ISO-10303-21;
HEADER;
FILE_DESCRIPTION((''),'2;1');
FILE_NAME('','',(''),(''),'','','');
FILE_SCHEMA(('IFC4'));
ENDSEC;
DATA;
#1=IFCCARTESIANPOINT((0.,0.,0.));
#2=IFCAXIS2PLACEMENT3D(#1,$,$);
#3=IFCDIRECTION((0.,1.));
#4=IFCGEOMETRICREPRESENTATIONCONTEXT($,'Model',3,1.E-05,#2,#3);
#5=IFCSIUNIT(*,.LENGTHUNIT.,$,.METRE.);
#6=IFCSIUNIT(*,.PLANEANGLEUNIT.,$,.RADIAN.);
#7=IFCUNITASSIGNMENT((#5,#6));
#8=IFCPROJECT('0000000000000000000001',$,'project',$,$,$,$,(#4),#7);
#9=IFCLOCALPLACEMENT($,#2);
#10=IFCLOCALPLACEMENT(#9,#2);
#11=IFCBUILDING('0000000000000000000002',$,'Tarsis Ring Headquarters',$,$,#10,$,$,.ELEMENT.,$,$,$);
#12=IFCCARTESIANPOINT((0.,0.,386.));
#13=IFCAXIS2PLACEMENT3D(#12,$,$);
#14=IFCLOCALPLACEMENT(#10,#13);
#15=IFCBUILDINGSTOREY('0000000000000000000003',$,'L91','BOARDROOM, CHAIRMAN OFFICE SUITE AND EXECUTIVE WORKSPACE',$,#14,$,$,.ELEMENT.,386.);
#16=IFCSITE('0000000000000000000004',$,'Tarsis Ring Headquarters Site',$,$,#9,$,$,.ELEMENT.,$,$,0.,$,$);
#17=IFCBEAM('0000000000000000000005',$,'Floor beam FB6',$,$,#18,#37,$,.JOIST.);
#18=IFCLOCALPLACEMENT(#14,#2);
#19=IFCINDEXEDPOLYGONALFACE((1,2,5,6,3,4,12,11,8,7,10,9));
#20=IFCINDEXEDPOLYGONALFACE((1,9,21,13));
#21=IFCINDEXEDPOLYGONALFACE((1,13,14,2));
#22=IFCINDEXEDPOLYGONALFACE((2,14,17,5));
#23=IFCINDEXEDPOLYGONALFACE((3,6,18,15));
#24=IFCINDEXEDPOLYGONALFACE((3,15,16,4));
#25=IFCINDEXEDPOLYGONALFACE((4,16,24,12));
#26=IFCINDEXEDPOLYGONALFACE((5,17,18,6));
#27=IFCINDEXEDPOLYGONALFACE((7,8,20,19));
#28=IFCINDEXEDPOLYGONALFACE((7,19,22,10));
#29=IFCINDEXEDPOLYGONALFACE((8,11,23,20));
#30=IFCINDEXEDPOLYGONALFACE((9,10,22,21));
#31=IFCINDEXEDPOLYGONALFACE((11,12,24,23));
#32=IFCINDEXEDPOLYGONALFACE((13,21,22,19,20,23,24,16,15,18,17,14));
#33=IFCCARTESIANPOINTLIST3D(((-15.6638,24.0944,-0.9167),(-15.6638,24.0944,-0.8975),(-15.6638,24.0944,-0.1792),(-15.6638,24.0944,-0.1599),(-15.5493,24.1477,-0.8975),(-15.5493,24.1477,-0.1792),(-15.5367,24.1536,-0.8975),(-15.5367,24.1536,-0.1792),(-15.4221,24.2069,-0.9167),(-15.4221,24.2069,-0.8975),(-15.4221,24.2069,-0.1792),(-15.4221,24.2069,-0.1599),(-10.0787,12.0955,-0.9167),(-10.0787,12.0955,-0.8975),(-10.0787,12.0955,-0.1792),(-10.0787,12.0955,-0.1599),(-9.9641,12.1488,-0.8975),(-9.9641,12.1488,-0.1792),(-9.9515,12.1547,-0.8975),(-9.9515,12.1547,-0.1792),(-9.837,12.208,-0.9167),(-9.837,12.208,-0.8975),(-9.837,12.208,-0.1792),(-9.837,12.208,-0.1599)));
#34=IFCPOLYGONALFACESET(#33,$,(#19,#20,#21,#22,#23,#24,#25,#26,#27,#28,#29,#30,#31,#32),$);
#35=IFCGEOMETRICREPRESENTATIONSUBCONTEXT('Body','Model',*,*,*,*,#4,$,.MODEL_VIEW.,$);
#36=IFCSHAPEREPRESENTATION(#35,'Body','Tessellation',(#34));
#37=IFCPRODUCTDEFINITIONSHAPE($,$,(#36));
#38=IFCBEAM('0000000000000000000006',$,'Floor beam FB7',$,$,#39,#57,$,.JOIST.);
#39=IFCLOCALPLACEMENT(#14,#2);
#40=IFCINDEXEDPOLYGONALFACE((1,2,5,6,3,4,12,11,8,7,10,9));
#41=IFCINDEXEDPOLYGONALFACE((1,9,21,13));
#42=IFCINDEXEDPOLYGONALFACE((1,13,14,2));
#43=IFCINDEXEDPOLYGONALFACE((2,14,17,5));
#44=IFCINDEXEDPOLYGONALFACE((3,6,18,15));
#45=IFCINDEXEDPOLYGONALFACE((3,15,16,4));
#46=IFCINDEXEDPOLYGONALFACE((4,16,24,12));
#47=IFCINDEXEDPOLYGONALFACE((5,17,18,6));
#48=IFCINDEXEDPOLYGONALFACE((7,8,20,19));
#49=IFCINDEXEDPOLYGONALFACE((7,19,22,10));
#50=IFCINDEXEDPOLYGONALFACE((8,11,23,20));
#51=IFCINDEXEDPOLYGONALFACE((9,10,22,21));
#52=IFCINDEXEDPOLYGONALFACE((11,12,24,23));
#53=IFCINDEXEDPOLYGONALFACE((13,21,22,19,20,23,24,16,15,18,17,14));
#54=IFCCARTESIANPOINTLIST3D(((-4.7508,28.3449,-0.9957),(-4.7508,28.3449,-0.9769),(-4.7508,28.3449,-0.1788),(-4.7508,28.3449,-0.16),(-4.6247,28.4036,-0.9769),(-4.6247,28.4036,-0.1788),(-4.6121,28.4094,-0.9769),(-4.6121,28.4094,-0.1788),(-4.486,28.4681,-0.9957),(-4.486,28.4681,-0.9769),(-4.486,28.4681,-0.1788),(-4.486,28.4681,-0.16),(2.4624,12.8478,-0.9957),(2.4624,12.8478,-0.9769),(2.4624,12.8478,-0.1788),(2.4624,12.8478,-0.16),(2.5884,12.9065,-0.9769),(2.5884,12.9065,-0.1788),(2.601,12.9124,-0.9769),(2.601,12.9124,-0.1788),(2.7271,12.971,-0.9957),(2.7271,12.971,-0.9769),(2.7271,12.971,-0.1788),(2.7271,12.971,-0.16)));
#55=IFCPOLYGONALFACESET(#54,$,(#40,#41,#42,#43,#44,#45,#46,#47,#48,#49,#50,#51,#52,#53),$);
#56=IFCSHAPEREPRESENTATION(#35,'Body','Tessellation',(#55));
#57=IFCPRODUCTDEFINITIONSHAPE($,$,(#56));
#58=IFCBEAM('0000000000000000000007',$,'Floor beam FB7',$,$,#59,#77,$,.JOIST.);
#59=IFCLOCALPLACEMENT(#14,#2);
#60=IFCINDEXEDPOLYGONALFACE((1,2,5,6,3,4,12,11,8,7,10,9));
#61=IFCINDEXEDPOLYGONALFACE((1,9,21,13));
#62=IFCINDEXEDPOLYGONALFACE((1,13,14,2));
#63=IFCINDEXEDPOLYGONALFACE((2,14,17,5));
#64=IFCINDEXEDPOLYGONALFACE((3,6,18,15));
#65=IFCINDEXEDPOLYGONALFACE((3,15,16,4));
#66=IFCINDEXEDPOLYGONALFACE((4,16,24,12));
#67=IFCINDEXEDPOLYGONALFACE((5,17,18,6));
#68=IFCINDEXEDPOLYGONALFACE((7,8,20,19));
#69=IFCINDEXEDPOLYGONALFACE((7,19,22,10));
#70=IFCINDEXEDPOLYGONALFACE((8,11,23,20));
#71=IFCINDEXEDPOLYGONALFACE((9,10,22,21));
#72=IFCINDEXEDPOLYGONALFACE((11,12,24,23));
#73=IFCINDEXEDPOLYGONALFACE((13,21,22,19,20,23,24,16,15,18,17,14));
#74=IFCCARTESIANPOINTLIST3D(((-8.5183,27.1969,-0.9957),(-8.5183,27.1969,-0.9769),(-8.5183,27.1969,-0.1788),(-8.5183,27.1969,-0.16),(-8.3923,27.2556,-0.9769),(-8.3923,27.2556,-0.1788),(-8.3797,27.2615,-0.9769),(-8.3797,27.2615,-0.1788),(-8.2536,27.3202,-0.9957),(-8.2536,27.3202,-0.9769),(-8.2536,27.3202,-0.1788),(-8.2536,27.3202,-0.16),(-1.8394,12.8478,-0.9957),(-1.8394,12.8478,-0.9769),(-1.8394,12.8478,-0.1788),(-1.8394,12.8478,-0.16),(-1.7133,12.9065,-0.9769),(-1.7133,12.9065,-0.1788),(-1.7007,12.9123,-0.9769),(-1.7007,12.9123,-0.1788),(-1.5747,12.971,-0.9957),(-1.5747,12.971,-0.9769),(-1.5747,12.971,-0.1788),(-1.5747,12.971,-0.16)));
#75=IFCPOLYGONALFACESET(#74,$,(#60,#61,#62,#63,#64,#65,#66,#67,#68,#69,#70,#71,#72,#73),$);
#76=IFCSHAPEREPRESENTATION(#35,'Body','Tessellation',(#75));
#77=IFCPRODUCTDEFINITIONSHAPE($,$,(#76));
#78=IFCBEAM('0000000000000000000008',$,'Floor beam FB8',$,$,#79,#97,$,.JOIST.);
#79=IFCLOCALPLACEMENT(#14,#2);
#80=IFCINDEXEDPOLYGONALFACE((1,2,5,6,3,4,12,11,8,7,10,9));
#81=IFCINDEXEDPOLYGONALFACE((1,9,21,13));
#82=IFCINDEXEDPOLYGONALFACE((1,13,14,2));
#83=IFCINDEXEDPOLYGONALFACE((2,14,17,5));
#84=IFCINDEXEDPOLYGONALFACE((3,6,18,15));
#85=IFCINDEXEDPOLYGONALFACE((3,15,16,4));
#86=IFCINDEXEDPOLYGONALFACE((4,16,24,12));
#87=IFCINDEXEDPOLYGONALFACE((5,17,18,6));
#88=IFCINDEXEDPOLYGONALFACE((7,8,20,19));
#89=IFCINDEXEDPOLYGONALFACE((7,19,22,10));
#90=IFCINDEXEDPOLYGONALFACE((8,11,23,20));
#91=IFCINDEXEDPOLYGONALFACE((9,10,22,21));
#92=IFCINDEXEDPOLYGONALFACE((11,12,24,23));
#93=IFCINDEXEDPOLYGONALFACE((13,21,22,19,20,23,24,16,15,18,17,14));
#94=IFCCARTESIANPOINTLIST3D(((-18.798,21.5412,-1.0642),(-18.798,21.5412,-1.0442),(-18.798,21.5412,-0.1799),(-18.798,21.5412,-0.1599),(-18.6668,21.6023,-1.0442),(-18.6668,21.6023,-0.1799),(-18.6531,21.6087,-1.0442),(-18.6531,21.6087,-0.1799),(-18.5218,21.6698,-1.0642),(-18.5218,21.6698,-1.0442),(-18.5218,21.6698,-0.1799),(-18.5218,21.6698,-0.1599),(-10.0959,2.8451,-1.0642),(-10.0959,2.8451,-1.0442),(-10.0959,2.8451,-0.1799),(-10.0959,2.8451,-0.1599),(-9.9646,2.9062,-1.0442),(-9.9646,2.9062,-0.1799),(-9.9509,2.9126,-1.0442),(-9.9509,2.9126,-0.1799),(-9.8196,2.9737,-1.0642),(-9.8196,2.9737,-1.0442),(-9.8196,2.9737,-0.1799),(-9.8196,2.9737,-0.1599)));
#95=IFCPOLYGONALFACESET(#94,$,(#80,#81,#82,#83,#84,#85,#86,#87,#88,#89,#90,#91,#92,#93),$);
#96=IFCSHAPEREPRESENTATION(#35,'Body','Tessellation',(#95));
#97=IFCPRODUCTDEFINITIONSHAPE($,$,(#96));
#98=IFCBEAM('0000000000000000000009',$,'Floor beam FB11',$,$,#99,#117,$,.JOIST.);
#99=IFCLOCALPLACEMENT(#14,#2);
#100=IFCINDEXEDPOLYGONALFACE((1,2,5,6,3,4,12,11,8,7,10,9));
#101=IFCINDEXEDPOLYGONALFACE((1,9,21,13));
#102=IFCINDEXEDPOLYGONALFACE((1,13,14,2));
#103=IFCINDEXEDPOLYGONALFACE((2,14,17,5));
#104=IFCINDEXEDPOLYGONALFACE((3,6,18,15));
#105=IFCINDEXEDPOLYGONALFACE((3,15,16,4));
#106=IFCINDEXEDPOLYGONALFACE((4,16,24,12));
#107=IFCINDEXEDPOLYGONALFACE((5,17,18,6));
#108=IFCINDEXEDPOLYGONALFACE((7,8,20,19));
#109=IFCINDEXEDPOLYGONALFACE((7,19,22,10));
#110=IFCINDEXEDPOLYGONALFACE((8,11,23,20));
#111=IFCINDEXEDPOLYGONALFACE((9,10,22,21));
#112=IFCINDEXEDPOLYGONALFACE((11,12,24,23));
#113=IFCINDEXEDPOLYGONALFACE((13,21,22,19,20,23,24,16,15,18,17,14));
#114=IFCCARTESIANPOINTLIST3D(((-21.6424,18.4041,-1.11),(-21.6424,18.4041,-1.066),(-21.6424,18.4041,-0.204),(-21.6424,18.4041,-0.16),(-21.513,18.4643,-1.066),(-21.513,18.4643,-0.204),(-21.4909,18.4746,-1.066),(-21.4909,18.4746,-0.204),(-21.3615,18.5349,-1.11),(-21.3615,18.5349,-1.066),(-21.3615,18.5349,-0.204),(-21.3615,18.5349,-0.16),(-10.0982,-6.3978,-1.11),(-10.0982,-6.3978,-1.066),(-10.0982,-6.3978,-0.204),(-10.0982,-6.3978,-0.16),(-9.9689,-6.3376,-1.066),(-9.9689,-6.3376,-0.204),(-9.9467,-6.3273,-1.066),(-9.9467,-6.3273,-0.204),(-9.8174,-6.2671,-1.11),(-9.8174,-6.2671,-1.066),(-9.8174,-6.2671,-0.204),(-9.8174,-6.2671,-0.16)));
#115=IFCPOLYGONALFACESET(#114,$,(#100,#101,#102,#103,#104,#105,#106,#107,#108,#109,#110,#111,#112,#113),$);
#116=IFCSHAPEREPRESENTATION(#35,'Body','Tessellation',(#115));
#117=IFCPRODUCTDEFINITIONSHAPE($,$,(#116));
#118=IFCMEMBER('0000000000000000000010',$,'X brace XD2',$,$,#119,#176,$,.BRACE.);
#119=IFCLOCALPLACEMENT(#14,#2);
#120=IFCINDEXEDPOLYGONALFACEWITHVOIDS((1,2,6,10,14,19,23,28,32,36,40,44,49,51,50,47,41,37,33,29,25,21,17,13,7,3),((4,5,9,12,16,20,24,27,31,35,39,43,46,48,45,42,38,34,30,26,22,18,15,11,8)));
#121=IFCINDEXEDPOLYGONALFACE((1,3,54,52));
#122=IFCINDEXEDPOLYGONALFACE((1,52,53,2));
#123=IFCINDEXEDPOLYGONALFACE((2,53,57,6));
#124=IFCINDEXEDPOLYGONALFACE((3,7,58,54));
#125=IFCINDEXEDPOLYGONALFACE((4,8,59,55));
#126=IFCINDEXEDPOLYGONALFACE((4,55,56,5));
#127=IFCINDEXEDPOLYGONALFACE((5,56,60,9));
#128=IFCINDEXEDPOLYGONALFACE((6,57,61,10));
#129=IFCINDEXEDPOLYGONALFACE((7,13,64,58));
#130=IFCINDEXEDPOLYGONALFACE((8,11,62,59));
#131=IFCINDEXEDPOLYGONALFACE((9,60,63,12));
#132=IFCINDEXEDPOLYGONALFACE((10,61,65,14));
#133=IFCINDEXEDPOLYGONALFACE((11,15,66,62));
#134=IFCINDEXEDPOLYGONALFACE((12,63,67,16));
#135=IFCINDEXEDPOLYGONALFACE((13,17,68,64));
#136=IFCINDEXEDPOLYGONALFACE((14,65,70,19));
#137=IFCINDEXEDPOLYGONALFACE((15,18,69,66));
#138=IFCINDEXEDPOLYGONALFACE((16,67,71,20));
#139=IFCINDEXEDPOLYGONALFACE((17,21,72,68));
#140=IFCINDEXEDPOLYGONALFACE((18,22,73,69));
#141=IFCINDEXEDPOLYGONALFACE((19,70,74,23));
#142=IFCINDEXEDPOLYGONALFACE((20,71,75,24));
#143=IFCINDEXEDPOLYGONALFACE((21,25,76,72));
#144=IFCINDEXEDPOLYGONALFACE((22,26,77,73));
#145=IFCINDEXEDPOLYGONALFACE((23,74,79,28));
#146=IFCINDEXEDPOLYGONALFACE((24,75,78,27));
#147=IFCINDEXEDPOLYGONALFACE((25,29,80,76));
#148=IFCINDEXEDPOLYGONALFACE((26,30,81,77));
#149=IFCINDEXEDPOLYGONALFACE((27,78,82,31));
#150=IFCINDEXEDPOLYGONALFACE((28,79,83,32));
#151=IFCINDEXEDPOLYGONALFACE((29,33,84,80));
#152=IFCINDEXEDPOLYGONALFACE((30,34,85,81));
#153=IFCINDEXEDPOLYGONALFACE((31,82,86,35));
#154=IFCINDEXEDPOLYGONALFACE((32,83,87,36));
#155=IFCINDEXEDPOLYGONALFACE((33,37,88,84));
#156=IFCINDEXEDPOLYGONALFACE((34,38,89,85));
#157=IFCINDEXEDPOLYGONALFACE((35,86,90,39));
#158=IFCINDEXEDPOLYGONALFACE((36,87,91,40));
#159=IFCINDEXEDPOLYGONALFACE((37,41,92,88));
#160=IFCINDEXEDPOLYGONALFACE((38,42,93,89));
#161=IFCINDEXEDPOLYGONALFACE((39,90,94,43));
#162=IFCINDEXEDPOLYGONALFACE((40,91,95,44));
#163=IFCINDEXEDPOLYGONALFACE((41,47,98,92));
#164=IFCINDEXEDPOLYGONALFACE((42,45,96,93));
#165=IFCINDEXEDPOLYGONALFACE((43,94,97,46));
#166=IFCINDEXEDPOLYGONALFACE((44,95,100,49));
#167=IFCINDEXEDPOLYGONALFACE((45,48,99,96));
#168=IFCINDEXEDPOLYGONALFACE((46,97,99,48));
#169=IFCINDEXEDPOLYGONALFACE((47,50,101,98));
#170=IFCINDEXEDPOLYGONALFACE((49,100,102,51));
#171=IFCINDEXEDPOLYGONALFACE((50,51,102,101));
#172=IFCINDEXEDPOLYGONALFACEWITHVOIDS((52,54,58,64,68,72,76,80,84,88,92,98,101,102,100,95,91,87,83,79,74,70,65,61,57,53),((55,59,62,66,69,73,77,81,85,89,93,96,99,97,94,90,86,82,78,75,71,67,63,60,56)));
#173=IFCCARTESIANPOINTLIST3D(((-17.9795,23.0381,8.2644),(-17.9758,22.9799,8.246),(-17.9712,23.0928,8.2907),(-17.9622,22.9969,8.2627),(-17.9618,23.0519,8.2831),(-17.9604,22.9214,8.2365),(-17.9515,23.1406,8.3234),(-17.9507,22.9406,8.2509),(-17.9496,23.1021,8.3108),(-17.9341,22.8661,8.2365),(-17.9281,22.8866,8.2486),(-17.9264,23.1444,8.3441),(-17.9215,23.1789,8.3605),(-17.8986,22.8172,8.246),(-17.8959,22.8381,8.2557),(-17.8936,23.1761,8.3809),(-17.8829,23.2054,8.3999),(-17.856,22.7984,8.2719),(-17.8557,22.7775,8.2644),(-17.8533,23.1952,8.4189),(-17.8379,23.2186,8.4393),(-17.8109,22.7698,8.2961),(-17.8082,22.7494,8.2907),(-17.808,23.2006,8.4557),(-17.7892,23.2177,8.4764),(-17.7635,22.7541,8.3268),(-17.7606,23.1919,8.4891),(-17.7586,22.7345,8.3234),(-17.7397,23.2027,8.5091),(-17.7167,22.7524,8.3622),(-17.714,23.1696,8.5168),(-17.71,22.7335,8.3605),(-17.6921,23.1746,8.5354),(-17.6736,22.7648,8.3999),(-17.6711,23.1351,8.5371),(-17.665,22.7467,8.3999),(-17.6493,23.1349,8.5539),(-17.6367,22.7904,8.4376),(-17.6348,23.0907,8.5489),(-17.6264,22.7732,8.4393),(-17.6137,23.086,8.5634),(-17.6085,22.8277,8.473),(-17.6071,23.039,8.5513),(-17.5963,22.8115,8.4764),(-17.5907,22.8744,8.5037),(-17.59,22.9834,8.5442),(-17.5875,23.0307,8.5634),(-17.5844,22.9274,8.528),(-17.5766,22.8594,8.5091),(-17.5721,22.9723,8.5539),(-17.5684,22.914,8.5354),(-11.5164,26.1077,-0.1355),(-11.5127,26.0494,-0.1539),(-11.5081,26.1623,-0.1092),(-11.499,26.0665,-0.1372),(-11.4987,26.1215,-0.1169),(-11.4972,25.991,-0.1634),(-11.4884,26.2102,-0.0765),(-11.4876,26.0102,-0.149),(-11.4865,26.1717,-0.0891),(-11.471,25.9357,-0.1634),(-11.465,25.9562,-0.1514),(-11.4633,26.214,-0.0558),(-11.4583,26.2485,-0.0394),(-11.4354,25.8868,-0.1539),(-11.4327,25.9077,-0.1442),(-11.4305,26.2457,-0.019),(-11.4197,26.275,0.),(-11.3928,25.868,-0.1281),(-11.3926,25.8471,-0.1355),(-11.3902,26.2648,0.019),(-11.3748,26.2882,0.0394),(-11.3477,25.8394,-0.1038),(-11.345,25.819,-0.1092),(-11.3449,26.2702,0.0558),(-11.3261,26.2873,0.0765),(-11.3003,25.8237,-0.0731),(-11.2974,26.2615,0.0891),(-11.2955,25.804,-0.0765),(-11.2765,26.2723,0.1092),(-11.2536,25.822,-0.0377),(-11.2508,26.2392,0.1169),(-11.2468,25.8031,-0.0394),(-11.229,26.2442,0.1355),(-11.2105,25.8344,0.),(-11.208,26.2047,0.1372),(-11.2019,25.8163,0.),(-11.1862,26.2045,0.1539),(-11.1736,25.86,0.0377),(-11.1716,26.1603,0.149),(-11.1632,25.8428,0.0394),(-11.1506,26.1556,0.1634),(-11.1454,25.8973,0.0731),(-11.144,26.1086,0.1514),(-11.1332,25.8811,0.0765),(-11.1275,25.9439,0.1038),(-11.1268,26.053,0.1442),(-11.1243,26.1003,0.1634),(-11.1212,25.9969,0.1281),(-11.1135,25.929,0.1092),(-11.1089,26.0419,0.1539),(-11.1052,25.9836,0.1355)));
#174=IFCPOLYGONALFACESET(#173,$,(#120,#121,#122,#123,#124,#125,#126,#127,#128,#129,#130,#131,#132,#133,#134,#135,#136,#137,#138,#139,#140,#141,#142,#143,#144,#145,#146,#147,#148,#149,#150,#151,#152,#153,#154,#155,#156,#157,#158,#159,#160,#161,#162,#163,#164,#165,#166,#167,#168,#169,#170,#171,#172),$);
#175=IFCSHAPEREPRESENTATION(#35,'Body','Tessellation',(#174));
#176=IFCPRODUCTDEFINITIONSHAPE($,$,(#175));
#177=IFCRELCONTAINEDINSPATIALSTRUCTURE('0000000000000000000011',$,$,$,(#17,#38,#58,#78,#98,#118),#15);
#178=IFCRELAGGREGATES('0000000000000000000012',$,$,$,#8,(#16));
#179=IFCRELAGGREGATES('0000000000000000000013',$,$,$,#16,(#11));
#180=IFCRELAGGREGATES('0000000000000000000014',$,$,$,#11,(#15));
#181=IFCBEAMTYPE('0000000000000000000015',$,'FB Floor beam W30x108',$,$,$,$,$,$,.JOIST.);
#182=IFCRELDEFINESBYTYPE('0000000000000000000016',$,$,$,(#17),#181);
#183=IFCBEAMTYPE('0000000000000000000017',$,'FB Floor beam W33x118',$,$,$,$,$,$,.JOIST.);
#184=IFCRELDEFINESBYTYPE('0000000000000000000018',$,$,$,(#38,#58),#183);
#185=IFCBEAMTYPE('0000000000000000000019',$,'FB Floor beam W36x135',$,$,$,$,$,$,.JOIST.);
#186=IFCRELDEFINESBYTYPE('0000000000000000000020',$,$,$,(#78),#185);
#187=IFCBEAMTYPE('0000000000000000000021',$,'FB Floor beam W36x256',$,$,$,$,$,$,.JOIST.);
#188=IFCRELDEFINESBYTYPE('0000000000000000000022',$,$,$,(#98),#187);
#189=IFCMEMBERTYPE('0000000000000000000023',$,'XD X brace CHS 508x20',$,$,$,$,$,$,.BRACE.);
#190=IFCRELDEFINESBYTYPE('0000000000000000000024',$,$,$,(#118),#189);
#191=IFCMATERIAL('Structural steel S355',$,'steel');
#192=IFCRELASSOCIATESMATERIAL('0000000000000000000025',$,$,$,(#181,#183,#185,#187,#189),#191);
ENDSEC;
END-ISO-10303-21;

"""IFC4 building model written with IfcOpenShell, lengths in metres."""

from ifc_helpers import new_model, si_unit, direction, frame, origin, origin_2d, place, context, subcontext, project, spatial, hollow_circle, i_section, extrude, material, material_profile, profile_set, type_object, element, save


model = new_model("IFC4")

# Units and contexts
model_context = context("Model", 3, precision=1e-05, world=origin(), true_north=direction((0.0, 1.0)))
body_context = subcontext(model_context, "Body", "Model", "MODEL_VIEW")
ifc_project = project(units=[si_unit("LENGTHUNIT", "METRE"), si_unit("PLANEANGLEUNIT", "RADIAN")], contexts=[model_context])

# Site, building, storey
site_placement = place(None, origin())
site = spatial("IfcSite", under=ifc_project, at=site_placement, Name="Tarsis Ring Headquarters Site", CompositionType="ELEMENT", RefElevation=0.0)
building_placement = place(site_placement, origin())
building = spatial("IfcBuilding", under=site, at=building_placement, Name="Tarsis Ring Headquarters", CompositionType="ELEMENT")
storey_placement = place(building_placement, frame((0.0, 0.0, 386.0)))
storey = spatial("IfcBuildingStorey", under=building, at=storey_placement, Name="L91", Description="BOARDROOM, CHAIRMAN OFFICE SUITE AND EXECUTIVE WORKSPACE", CompositionType="ELEMENT", Elevation=386.0)

# Shared definitions
ifc_material_1 = material(Name="Structural steel S355", Category="steel")

# Beams
ifc_material_profile_1 = material_profile(ifc_material_1, i_section(OverallWidth=0.2666, OverallDepth=0.7568, WebThickness=0.0139, FlangeThickness=0.0193, at=origin_2d()), Name="W30x108")
ifc_profile_set_1 = profile_set([ifc_material_profile_1], Name="Structural steel S355")
beam_type_1 = type_object("IfcBeamType", Name="FB Floor beam W30x108", PredefinedType="JOIST", material=ifc_profile_set_1)
beam_1_placement = place(storey_placement, frame((-15.543, 24.1506, -0.5383), z_axis=(0.421996, -0.906598, 0.0), x_axis=(0.906598, 0.421996, 0.0)))
element("IfcBeam", 1, at=beam_1_placement, inside=storey, type_object=beam_type_1, Name="Floor beam FB6", PredefinedType="JOIST", context=body_context, shape_type="SweptSolid", body=[
    extrude(i_section(OverallWidth=0.2666, OverallDepth=0.7568, WebThickness=0.0139, FlangeThickness=0.0193, at=origin_2d()), origin(), (0.0, 0.0, 1.0), 13.2351),
])
ifc_material_profile_2 = material_profile(ifc_material_1, i_section(OverallWidth=0.292, OverallDepth=0.8357, WebThickness=0.0139, FlangeThickness=0.0188, at=origin_2d()), Name="W33x118")
ifc_profile_set_2 = profile_set([ifc_material_profile_2], Name="Structural steel S355")
beam_type_2 = type_object("IfcBeamType", Name="FB Floor beam W33x118", PredefinedType="JOIST", material=ifc_profile_set_2)
beam_2_placement = place(storey_placement, frame((-4.6184, 28.4065, -0.5779), z_axis=(0.421981, -0.906605, 0.0), x_axis=(0.906605, 0.421981, 0.0)))
element("IfcBeam", 2, at=beam_2_placement, inside=storey, type_object=beam_type_2, Name="Floor beam FB7", PredefinedType="JOIST", context=body_context, shape_type="SweptSolid", body=[
    extrude(i_section(OverallWidth=0.292, OverallDepth=0.8357, WebThickness=0.0139, FlangeThickness=0.0188, at=origin_2d()), origin(), (0.0, 0.0, 1.0), 17.0935),
])
beam_3_placement = place(storey_placement, frame((-8.386, 27.2585, -0.5779), z_axis=(0.421988, -0.906602, 0.0), x_axis=(0.906602, 0.421988, 0.0)))
element("IfcBeam", 3, at=beam_3_placement, inside=storey, type_object=beam_type_2, Name="Floor beam FB7", PredefinedType="JOIST", context=body_context, shape_type="SweptSolid", body=[
    extrude(i_section(OverallWidth=0.292, OverallDepth=0.8357, WebThickness=0.0139, FlangeThickness=0.0188, at=origin_2d()), origin(), (0.0, 0.0, 1.0), 15.8274),
])
ifc_material_profile_3 = material_profile(ifc_material_1, i_section(OverallWidth=0.3047, OverallDepth=0.9043, WebThickness=0.0151, FlangeThickness=0.02, at=origin_2d()), Name="W36x135")
ifc_profile_set_3 = profile_set([ifc_material_profile_3], Name="Structural steel S355")
beam_type_3 = type_object("IfcBeamType", Name="FB Floor beam W36x135", PredefinedType="JOIST", material=ifc_profile_set_3)
beam_4_placement = place(storey_placement, frame((-18.6599, 21.6055, -0.6121), z_axis=(0.421982, -0.906604, 0.0), x_axis=(0.906604, 0.421982, 0.0)))
element("IfcBeam", 4, at=beam_4_placement, inside=storey, type_object=beam_type_3, Name="Floor beam FB8", PredefinedType="JOIST", context=body_context, shape_type="SweptSolid", body=[
    extrude(i_section(OverallWidth=0.3047, OverallDepth=0.9043, WebThickness=0.0151, FlangeThickness=0.02, at=origin_2d()), origin(), (0.0, 0.0, 1.0), 20.6221),
])
ifc_material_profile_4 = material_profile(ifc_material_1, i_section(OverallWidth=0.3098, OverallDepth=0.95, WebThickness=0.0244, FlangeThickness=0.0439, at=origin_2d()), Name="W36x256")
ifc_profile_set_4 = profile_set([ifc_material_profile_4], Name="Structural steel S355")
beam_type_4 = type_object("IfcBeamType", Name="FB Floor beam W36x256", PredefinedType="JOIST", material=ifc_profile_set_4)
beam_5_placement = place(storey_placement, frame((-21.502, 18.4695, -0.635), z_axis=(0.421982, -0.906604, 0.0), x_axis=(0.906604, 0.421982, 0.0)))
element("IfcBeam", 5, at=beam_5_placement, inside=storey, type_object=beam_type_4, Name="Floor beam FB11", PredefinedType="JOIST", context=body_context, shape_type="SweptSolid", body=[
    extrude(i_section(OverallWidth=0.3098, OverallDepth=0.95, WebThickness=0.0244, FlangeThickness=0.0439, at=origin_2d()), origin(), (0.0, 0.0, 1.0), 27.3569),
])

# Member
ifc_material_profile_5 = material_profile(ifc_material_1, hollow_circle(Radius=0.2539, WallThickness=0.02, at=origin_2d()), Name="CHS 508x20")
ifc_profile_set_5 = profile_set([ifc_material_profile_5], Name="Structural steel S355")
member_type = type_object("IfcMemberType", Name="XD X brace CHS 508x20", PredefinedType="BRACE", material=ifc_profile_set_5)
member_1_placement = place(storey_placement, frame((-11.3108, 26.0457, 0.0), z_axis=(-0.585738, -0.278189, 0.761263), x_axis=(0.42901, -0.9033, 0.0)))
element("IfcMember", 6, at=member_1_placement, inside=storey, type_object=member_type, Name="X brace XD2", PredefinedType="BRACE", context=body_context, shape_type="SweptSolid", body=[
    extrude(hollow_circle(Radius=0.2539, WallThickness=0.02, at=origin_2d()), origin(), (0.0, 0.0, 1.0), 11.0342),
])

save(model, "model.ifc")
